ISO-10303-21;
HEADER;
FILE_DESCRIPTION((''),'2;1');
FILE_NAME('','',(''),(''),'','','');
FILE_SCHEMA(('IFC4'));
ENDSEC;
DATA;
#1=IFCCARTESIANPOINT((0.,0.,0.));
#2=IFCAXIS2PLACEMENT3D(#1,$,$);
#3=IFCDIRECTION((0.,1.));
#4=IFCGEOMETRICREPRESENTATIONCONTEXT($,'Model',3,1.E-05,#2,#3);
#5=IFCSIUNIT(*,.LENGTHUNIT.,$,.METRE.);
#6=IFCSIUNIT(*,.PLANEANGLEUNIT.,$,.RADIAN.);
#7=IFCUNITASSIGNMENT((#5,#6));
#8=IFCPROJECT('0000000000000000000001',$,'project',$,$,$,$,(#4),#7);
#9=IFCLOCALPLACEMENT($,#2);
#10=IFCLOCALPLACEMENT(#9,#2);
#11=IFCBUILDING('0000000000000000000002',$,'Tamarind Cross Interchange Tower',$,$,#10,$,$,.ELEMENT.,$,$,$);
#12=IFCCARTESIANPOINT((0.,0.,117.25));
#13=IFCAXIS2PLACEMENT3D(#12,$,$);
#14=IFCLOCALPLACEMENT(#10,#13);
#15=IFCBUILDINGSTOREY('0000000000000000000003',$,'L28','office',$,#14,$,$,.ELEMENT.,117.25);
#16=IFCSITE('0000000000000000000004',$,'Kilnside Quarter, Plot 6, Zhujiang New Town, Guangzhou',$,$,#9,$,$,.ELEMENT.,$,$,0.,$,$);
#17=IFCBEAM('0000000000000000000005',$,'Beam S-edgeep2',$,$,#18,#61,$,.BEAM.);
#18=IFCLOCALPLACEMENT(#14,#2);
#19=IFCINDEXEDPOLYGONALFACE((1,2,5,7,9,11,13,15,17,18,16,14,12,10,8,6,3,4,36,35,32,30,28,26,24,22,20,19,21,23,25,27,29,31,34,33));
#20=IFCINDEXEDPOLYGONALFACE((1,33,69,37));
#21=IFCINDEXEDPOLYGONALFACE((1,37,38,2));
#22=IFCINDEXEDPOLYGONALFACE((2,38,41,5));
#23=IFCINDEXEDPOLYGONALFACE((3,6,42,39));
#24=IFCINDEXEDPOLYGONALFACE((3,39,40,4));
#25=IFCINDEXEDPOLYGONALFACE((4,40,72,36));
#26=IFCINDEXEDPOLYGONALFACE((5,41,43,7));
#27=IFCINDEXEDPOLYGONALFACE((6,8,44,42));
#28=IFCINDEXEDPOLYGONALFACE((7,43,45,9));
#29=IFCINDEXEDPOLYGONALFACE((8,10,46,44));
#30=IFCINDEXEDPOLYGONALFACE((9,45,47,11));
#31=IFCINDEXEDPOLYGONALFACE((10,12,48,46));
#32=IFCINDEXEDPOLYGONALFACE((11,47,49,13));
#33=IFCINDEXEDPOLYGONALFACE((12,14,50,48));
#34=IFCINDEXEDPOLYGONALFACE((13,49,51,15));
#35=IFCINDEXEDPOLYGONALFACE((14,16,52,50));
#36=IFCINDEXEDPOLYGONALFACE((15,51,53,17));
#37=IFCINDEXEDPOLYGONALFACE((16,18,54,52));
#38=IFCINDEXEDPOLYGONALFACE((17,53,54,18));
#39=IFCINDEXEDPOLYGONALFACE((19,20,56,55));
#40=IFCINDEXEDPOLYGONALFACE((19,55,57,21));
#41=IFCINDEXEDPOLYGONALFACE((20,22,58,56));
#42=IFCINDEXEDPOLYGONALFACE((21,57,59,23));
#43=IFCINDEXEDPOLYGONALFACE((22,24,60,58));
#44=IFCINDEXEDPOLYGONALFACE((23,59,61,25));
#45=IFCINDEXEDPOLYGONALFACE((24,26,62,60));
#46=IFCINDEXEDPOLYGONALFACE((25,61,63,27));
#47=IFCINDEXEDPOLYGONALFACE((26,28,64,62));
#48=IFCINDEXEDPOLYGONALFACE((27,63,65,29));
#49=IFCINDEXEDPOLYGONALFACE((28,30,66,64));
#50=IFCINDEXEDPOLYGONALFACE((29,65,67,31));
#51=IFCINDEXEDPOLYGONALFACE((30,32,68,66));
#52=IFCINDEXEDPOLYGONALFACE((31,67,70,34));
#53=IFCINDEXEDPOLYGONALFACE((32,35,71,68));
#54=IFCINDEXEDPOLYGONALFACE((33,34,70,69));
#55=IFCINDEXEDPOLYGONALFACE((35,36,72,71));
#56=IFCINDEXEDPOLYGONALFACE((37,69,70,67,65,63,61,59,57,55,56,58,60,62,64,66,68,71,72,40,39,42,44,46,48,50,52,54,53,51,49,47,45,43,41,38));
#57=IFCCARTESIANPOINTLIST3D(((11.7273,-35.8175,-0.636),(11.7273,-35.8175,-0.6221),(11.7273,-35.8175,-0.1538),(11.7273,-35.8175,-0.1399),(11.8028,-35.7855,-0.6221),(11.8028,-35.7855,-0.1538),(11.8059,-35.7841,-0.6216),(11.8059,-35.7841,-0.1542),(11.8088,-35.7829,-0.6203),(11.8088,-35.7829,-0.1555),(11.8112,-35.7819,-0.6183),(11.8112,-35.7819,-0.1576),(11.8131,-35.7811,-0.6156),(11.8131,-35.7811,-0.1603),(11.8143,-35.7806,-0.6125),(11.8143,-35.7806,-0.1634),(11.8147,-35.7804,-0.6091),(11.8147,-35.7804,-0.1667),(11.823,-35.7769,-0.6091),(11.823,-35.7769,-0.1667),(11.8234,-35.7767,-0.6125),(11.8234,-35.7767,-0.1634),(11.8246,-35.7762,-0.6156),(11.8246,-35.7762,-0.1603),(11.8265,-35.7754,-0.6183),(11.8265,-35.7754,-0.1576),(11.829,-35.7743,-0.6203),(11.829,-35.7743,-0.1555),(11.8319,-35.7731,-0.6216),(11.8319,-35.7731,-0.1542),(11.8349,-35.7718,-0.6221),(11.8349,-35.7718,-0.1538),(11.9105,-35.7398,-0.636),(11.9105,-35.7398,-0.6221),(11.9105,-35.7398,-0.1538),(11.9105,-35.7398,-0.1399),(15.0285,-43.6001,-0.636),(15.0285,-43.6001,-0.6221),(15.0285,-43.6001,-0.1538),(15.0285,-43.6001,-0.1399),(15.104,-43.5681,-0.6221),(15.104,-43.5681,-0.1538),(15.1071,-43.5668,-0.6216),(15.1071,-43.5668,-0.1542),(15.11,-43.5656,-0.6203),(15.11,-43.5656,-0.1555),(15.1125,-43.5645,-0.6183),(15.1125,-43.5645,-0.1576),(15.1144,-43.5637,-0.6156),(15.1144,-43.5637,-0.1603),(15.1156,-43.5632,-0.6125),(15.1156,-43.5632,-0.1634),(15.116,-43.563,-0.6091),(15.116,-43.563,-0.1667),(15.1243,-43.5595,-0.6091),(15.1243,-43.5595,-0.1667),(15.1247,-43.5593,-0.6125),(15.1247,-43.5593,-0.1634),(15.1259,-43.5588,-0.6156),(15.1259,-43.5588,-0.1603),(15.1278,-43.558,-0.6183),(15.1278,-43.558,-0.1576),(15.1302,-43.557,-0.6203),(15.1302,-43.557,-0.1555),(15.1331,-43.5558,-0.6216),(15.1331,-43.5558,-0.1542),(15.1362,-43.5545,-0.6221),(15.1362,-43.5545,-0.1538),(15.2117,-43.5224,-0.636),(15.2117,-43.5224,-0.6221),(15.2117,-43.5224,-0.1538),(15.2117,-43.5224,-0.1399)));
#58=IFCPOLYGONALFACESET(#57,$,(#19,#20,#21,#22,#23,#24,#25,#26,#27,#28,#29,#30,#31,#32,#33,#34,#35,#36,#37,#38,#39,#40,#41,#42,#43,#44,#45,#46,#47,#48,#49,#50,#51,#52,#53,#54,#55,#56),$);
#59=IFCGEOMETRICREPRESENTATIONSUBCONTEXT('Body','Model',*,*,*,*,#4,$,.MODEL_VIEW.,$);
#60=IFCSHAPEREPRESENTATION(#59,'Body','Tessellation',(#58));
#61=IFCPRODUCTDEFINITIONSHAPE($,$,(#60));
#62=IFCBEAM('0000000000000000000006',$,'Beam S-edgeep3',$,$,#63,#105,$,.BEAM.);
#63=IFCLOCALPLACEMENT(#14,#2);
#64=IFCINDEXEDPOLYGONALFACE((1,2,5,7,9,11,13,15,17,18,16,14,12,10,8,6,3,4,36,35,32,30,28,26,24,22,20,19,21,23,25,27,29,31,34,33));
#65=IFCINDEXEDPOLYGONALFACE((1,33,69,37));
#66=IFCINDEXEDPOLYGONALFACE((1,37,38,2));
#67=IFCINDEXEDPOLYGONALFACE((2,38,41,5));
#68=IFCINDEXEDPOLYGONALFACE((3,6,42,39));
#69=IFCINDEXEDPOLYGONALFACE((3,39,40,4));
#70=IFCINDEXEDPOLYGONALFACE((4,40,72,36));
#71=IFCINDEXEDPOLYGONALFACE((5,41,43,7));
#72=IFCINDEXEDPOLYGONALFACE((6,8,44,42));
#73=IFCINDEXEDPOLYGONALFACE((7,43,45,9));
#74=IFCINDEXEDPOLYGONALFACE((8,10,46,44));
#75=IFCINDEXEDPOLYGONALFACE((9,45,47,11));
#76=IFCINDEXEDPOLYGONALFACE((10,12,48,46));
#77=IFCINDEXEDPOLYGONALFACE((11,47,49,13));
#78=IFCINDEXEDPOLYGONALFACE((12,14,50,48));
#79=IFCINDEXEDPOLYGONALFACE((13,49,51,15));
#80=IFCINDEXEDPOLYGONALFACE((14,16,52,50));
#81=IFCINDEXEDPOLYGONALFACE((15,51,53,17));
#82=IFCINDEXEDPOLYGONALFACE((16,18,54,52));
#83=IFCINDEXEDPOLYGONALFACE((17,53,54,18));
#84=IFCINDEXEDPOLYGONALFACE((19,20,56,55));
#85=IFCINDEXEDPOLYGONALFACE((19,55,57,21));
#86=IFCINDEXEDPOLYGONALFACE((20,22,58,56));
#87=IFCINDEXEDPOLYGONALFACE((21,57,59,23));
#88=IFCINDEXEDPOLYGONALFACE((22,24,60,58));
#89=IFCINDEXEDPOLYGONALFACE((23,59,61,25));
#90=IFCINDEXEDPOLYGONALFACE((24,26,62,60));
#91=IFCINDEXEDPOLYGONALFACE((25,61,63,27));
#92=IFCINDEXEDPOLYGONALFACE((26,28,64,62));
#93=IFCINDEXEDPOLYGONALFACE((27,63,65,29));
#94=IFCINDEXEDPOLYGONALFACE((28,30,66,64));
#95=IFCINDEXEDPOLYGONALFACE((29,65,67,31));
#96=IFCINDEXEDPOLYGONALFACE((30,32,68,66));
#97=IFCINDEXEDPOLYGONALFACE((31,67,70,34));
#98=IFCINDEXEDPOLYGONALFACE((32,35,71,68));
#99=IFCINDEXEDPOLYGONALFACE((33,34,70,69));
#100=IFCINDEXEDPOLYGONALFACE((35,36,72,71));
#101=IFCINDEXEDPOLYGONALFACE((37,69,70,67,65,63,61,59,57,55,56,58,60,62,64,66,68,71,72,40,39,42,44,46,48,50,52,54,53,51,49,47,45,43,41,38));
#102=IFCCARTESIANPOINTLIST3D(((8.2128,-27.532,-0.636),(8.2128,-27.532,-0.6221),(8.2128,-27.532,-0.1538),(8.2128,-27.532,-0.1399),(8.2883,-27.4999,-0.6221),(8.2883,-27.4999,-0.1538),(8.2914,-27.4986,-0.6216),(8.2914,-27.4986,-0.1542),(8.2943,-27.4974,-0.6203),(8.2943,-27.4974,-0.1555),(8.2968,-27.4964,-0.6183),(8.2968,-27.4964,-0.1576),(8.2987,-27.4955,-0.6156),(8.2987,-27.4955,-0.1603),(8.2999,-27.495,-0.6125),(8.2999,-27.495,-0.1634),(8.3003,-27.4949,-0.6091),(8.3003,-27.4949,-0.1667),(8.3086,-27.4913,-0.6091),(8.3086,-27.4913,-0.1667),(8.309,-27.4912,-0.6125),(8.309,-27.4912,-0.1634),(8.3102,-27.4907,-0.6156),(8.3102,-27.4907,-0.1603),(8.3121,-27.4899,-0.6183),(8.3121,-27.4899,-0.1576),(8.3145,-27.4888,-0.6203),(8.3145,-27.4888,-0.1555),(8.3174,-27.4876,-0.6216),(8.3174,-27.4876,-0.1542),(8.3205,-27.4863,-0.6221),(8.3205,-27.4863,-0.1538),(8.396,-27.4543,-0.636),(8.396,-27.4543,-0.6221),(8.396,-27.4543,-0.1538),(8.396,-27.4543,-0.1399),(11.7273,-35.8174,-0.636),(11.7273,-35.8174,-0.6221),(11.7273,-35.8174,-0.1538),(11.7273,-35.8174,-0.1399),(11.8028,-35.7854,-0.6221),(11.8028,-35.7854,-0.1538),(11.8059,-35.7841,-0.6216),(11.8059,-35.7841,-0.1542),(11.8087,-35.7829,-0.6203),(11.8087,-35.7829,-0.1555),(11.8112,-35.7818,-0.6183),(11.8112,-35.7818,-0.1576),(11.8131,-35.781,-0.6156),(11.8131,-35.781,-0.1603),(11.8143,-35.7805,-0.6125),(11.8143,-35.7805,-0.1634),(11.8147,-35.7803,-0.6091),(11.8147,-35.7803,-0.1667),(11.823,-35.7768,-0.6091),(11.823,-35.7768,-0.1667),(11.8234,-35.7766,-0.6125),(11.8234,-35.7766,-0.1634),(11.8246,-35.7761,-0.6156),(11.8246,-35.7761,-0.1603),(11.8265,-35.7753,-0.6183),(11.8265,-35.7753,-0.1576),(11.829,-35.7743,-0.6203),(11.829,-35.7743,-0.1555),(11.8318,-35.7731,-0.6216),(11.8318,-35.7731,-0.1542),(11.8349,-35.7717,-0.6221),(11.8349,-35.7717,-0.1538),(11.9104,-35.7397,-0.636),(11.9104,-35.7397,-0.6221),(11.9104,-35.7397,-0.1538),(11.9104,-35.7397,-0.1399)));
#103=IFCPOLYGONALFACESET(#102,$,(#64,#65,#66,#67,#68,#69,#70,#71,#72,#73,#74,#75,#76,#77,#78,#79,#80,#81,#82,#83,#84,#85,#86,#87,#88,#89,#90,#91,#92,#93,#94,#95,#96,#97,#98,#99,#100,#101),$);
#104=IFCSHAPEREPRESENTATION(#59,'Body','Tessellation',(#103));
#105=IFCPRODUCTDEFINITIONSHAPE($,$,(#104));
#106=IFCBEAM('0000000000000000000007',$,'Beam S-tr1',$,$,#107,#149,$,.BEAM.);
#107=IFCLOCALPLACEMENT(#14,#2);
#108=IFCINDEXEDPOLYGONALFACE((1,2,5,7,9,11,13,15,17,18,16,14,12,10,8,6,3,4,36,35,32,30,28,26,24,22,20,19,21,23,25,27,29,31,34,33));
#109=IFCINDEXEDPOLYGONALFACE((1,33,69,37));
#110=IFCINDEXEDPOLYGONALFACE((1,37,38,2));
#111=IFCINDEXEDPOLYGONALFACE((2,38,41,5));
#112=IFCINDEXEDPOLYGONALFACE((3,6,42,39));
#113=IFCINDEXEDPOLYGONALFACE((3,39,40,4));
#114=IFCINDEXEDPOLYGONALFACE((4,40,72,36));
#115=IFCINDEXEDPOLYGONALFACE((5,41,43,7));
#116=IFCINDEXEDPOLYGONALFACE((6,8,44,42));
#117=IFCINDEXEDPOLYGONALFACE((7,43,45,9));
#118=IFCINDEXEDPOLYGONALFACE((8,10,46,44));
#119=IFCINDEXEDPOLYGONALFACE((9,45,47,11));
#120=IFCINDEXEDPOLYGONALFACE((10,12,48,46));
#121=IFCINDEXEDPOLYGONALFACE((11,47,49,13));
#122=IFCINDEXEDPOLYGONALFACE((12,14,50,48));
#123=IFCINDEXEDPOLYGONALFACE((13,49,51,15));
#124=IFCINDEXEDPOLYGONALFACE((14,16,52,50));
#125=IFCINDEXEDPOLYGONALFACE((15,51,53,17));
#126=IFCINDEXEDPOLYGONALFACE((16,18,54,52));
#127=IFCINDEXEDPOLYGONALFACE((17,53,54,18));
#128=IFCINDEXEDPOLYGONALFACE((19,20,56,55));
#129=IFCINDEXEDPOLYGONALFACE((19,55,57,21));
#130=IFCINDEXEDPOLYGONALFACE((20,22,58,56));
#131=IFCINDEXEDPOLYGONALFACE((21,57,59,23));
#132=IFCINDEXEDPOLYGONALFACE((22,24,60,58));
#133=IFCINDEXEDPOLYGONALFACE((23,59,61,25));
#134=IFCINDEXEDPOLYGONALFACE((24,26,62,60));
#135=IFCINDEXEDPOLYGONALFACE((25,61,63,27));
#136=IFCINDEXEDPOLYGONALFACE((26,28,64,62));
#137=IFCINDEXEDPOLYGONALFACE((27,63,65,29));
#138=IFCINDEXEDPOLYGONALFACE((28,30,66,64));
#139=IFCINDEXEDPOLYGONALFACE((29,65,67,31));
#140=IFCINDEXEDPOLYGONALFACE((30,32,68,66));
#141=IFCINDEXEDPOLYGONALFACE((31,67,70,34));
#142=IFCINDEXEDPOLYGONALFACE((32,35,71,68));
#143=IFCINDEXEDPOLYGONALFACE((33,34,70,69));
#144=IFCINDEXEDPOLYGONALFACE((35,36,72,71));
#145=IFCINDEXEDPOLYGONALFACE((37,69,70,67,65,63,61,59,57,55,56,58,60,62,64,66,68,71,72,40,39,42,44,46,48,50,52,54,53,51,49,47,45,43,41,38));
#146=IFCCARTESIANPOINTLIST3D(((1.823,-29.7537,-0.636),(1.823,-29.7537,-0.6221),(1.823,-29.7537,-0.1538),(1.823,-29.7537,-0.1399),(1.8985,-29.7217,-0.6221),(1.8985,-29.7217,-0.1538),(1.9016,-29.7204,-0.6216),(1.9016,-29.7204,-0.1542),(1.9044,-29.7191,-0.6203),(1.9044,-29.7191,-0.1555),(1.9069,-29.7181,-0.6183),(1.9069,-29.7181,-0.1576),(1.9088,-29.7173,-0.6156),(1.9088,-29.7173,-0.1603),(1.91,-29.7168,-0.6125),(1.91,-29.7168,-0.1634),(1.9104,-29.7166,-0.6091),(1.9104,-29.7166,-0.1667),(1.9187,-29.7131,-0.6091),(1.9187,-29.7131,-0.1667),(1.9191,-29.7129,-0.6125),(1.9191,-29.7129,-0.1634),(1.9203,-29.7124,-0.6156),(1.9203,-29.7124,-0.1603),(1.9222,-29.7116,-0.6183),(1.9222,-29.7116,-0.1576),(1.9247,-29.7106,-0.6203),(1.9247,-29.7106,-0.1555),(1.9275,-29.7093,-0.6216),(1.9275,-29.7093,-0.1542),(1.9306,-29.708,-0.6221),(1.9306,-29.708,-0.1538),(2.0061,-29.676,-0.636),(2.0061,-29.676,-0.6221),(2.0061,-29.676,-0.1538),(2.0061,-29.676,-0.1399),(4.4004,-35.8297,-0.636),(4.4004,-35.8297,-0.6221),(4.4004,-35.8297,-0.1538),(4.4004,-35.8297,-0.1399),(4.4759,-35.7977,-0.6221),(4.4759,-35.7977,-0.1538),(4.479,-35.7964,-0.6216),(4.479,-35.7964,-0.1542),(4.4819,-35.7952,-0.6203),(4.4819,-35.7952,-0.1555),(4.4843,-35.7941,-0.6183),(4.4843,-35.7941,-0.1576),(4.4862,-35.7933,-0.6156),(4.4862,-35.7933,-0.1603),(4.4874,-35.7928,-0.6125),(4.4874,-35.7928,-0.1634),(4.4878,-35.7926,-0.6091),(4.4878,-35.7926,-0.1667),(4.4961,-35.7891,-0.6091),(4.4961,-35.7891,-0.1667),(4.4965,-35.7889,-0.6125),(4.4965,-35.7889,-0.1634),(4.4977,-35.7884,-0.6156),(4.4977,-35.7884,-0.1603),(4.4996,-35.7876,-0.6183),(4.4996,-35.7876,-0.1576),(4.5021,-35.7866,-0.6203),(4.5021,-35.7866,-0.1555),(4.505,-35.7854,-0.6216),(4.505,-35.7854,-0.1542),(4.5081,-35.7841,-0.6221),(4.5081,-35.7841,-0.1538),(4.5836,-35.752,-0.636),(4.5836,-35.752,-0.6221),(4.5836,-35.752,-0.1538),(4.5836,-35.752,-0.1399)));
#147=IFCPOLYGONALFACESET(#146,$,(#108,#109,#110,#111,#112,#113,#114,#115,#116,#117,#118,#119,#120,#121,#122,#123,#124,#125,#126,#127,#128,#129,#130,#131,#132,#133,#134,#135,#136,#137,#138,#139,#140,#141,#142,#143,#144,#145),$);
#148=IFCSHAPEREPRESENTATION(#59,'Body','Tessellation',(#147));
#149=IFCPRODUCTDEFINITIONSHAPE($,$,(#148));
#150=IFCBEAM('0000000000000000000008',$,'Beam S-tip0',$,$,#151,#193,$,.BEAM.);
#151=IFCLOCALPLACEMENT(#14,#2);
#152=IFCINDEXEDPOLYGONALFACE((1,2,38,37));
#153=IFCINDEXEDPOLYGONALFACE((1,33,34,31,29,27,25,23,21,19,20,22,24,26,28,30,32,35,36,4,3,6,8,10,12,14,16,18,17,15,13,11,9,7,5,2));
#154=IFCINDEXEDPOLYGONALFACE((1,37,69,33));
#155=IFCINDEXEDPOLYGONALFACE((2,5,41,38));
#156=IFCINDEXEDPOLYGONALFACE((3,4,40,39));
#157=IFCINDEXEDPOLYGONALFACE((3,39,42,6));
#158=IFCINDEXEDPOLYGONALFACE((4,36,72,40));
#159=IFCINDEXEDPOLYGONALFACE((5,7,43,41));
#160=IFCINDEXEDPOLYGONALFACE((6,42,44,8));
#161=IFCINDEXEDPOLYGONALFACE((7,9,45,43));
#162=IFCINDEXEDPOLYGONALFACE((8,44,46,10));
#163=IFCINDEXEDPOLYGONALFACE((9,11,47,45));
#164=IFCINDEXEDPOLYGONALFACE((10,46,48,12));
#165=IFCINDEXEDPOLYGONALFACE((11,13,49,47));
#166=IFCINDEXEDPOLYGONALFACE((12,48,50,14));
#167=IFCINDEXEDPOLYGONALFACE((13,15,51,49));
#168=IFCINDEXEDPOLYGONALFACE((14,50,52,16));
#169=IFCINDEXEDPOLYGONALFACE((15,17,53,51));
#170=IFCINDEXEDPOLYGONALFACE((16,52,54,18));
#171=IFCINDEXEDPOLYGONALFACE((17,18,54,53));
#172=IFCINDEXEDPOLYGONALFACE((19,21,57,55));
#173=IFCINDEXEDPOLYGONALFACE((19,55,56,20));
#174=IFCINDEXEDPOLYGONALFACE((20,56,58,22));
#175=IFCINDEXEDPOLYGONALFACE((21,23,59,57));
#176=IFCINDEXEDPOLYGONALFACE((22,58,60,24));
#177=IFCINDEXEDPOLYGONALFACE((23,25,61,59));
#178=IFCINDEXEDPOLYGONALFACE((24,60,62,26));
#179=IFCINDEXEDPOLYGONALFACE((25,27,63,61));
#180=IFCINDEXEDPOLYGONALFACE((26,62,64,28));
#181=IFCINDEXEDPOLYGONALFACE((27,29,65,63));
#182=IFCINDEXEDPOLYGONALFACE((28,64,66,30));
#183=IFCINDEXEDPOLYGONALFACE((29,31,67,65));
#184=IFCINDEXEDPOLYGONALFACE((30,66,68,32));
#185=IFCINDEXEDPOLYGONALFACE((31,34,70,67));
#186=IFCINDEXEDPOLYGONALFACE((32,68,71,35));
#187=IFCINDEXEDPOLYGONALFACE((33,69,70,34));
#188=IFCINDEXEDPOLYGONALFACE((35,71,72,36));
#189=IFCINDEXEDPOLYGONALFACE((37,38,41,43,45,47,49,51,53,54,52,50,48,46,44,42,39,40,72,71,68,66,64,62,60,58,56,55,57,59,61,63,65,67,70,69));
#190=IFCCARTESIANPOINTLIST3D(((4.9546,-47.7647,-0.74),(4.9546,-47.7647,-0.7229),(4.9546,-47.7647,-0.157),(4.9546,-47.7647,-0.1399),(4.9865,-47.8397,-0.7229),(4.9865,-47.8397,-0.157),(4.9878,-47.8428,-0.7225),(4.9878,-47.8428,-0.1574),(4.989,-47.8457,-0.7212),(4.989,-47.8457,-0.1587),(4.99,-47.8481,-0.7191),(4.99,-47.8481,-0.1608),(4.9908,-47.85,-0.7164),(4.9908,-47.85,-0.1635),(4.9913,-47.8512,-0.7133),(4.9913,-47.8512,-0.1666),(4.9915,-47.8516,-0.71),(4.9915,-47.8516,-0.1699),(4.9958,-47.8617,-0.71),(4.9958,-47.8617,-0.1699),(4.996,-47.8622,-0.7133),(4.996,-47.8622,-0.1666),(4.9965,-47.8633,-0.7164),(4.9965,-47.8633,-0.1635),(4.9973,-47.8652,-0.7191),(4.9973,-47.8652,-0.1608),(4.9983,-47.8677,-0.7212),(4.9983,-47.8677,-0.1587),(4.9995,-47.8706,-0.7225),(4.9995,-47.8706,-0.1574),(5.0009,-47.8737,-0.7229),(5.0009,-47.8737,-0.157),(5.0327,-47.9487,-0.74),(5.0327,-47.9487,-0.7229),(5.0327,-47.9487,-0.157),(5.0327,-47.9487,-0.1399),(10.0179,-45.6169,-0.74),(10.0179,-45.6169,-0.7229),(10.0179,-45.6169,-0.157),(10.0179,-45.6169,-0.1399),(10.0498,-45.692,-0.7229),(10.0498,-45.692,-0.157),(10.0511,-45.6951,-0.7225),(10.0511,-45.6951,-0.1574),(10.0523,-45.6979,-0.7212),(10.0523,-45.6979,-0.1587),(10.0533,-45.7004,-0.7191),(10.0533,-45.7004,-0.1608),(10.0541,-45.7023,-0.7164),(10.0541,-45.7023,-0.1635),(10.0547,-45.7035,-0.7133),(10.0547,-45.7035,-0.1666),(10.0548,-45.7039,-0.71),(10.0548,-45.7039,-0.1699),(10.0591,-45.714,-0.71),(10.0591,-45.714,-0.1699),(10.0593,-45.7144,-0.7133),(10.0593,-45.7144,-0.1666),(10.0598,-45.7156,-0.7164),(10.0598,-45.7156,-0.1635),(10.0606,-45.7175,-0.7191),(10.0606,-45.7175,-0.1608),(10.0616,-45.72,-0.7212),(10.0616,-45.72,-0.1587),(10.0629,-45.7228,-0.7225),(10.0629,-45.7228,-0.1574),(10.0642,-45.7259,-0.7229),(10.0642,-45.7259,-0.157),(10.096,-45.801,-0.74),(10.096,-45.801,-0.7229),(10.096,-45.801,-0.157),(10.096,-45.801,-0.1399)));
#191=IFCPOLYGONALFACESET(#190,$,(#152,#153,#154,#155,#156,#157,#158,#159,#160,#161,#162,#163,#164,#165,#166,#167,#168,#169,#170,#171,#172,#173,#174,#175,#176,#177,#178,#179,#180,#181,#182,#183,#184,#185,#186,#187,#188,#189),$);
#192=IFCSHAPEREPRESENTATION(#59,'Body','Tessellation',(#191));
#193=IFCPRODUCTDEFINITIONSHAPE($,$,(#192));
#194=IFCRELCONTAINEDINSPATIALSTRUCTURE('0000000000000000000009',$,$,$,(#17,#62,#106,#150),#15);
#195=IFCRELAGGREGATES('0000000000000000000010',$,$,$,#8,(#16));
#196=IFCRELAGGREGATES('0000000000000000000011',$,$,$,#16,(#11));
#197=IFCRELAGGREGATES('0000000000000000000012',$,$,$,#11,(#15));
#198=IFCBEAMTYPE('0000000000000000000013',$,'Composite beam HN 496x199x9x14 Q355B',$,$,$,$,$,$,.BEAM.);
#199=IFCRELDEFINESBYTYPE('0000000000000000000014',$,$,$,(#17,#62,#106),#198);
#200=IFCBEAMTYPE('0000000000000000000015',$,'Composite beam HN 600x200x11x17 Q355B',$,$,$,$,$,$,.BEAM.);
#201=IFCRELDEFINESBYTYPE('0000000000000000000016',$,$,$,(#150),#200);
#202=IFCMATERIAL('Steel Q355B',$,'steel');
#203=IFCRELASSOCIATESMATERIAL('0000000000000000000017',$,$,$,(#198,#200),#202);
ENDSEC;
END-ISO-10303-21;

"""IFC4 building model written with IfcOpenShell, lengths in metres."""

from ifc_helpers import new_model, si_unit, direction, frame, origin, origin_2d, place, context, subcontext, project, spatial, i_section, extrude, material, material_profile, profile_set, type_object, element, save


model = new_model("IFC4")

# Units and contexts
model_context = context("Model", 3, precision=1e-05, world=origin(), true_north=direction((0.0, 1.0)))
body_context = subcontext(model_context, "Body", "Model", "MODEL_VIEW")
ifc_project = project(units=[si_unit("LENGTHUNIT", "METRE"), si_unit("PLANEANGLEUNIT", "RADIAN")], contexts=[model_context])

# Site, building, storey
site_placement = place(None, origin())
site = spatial("IfcSite", under=ifc_project, at=site_placement, Name="Kilnside Quarter, Plot 6, Zhujiang New Town, Guangzhou", CompositionType="ELEMENT", RefElevation=0.0)
building_placement = place(site_placement, origin())
building = spatial("IfcBuilding", under=site, at=building_placement, Name="Tamarind Cross Interchange Tower", CompositionType="ELEMENT")
storey_placement = place(building_placement, frame((0.0, 0.0, 117.25)))
storey = spatial("IfcBuildingStorey", under=building, at=storey_placement, Name="L28", Description="office", CompositionType="ELEMENT", Elevation=117.25)

# Beams
ifc_material_1 = material(Name="Steel Q355B", Category="steel")
ifc_material_profile_1 = material_profile(ifc_material_1, i_section(OverallWidth=0.199, OverallDepth=0.4961, WebThickness=0.009, FlangeThickness=0.0139, FilletRadius=0.0129, at=origin_2d()), Name="HN 496x199x9x14")
ifc_profile_set_1 = profile_set([ifc_material_profile_1], Name="Steel Q355B")
beam_type_1 = type_object("IfcBeamType", Name="Composite beam HN 496x199x9x14 Q355B", PredefinedType="BEAM", material=ifc_profile_set_1)
beam_1_placement = place(storey_placement, frame((15.1201, -43.5613, -0.3879), z_axis=(-0.390501, 0.920603, 0.0), x_axis=(-0.920603, -0.390501, 0.0)))
element("IfcBeam", 1, at=beam_1_placement, inside=storey, type_object=beam_type_1, Name="Beam S-edgeep2", PredefinedType="BEAM", context=body_context, shape_type="SweptSolid", body=[
    extrude(i_section(OverallWidth=0.199, OverallDepth=0.4961, WebThickness=0.009, FlangeThickness=0.0139, FilletRadius=0.0129, at=origin_2d()), origin(), (0.0, 0.0, 1.0), 8.4539),
])
beam_2_placement = place(storey_placement, frame((11.8188, -35.7786, -0.3879), z_axis=(-0.390492, 0.920606, 0.0), x_axis=(-0.920606, -0.390492, 0.0)))
element("IfcBeam", 2, at=beam_2_placement, inside=storey, type_object=beam_type_1, Name="Beam S-edgeep3", PredefinedType="BEAM", context=body_context, shape_type="SweptSolid", body=[
    extrude(i_section(OverallWidth=0.199, OverallDepth=0.4961, WebThickness=0.009, FlangeThickness=0.0139, FilletRadius=0.0129, at=origin_2d()), origin(), (0.0, 0.0, 1.0), 9.0),
])
beam_3_placement = place(storey_placement, frame((1.9146, -29.7148, -0.3879), z_axis=(0.390515, -0.920597, 0.0), x_axis=(0.920597, 0.390515, 0.0)))
element("IfcBeam", 3, at=beam_3_placement, inside=storey, type_object=beam_type_1, Name="Beam S-tr1", PredefinedType="BEAM", context=body_context, shape_type="SweptSolid", body=[
    extrude(i_section(OverallWidth=0.199, OverallDepth=0.4961, WebThickness=0.009, FlangeThickness=0.0139, FilletRadius=0.0129, at=origin_2d()), origin(), (0.0, 0.0, 1.0), 6.6001),
])
ifc_material_profile_2 = material_profile(ifc_material_1, i_section(OverallWidth=0.2, OverallDepth=0.6001, WebThickness=0.011, FlangeThickness=0.0171, FilletRadius=0.0129, at=origin_2d()), Name="HN 600x200x11x17")
ifc_profile_set_2 = profile_set([ifc_material_profile_2], Name="Steel Q355B")
beam_type_2 = type_object("IfcBeamType", Name="Composite beam HN 600x200x11x17 Q355B", PredefinedType="BEAM", material=ifc_profile_set_2)
for number, where, z_axis, x_axis, name in (
    (4, (4.9937, -47.8567, -0.4399), (0.920604, 0.390499, 0.0), (-0.390499, 0.920604, 0.0), "Beam S-tip0"),
):
    element("IfcBeam", number, at=place(storey_placement, frame(where, z_axis=z_axis, x_axis=x_axis)), inside=storey, type_object=beam_type_2, Name=name, PredefinedType="BEAM", context=body_context, shape_type="SweptSolid", body=[
        extrude(i_section(OverallWidth=0.2, OverallDepth=0.6001, WebThickness=0.011, FlangeThickness=0.0171, FilletRadius=0.0129, at=origin_2d()), origin(), (0.0, 0.0, 1.0), 5.5),
    ])

save(model, "model.ifc")
